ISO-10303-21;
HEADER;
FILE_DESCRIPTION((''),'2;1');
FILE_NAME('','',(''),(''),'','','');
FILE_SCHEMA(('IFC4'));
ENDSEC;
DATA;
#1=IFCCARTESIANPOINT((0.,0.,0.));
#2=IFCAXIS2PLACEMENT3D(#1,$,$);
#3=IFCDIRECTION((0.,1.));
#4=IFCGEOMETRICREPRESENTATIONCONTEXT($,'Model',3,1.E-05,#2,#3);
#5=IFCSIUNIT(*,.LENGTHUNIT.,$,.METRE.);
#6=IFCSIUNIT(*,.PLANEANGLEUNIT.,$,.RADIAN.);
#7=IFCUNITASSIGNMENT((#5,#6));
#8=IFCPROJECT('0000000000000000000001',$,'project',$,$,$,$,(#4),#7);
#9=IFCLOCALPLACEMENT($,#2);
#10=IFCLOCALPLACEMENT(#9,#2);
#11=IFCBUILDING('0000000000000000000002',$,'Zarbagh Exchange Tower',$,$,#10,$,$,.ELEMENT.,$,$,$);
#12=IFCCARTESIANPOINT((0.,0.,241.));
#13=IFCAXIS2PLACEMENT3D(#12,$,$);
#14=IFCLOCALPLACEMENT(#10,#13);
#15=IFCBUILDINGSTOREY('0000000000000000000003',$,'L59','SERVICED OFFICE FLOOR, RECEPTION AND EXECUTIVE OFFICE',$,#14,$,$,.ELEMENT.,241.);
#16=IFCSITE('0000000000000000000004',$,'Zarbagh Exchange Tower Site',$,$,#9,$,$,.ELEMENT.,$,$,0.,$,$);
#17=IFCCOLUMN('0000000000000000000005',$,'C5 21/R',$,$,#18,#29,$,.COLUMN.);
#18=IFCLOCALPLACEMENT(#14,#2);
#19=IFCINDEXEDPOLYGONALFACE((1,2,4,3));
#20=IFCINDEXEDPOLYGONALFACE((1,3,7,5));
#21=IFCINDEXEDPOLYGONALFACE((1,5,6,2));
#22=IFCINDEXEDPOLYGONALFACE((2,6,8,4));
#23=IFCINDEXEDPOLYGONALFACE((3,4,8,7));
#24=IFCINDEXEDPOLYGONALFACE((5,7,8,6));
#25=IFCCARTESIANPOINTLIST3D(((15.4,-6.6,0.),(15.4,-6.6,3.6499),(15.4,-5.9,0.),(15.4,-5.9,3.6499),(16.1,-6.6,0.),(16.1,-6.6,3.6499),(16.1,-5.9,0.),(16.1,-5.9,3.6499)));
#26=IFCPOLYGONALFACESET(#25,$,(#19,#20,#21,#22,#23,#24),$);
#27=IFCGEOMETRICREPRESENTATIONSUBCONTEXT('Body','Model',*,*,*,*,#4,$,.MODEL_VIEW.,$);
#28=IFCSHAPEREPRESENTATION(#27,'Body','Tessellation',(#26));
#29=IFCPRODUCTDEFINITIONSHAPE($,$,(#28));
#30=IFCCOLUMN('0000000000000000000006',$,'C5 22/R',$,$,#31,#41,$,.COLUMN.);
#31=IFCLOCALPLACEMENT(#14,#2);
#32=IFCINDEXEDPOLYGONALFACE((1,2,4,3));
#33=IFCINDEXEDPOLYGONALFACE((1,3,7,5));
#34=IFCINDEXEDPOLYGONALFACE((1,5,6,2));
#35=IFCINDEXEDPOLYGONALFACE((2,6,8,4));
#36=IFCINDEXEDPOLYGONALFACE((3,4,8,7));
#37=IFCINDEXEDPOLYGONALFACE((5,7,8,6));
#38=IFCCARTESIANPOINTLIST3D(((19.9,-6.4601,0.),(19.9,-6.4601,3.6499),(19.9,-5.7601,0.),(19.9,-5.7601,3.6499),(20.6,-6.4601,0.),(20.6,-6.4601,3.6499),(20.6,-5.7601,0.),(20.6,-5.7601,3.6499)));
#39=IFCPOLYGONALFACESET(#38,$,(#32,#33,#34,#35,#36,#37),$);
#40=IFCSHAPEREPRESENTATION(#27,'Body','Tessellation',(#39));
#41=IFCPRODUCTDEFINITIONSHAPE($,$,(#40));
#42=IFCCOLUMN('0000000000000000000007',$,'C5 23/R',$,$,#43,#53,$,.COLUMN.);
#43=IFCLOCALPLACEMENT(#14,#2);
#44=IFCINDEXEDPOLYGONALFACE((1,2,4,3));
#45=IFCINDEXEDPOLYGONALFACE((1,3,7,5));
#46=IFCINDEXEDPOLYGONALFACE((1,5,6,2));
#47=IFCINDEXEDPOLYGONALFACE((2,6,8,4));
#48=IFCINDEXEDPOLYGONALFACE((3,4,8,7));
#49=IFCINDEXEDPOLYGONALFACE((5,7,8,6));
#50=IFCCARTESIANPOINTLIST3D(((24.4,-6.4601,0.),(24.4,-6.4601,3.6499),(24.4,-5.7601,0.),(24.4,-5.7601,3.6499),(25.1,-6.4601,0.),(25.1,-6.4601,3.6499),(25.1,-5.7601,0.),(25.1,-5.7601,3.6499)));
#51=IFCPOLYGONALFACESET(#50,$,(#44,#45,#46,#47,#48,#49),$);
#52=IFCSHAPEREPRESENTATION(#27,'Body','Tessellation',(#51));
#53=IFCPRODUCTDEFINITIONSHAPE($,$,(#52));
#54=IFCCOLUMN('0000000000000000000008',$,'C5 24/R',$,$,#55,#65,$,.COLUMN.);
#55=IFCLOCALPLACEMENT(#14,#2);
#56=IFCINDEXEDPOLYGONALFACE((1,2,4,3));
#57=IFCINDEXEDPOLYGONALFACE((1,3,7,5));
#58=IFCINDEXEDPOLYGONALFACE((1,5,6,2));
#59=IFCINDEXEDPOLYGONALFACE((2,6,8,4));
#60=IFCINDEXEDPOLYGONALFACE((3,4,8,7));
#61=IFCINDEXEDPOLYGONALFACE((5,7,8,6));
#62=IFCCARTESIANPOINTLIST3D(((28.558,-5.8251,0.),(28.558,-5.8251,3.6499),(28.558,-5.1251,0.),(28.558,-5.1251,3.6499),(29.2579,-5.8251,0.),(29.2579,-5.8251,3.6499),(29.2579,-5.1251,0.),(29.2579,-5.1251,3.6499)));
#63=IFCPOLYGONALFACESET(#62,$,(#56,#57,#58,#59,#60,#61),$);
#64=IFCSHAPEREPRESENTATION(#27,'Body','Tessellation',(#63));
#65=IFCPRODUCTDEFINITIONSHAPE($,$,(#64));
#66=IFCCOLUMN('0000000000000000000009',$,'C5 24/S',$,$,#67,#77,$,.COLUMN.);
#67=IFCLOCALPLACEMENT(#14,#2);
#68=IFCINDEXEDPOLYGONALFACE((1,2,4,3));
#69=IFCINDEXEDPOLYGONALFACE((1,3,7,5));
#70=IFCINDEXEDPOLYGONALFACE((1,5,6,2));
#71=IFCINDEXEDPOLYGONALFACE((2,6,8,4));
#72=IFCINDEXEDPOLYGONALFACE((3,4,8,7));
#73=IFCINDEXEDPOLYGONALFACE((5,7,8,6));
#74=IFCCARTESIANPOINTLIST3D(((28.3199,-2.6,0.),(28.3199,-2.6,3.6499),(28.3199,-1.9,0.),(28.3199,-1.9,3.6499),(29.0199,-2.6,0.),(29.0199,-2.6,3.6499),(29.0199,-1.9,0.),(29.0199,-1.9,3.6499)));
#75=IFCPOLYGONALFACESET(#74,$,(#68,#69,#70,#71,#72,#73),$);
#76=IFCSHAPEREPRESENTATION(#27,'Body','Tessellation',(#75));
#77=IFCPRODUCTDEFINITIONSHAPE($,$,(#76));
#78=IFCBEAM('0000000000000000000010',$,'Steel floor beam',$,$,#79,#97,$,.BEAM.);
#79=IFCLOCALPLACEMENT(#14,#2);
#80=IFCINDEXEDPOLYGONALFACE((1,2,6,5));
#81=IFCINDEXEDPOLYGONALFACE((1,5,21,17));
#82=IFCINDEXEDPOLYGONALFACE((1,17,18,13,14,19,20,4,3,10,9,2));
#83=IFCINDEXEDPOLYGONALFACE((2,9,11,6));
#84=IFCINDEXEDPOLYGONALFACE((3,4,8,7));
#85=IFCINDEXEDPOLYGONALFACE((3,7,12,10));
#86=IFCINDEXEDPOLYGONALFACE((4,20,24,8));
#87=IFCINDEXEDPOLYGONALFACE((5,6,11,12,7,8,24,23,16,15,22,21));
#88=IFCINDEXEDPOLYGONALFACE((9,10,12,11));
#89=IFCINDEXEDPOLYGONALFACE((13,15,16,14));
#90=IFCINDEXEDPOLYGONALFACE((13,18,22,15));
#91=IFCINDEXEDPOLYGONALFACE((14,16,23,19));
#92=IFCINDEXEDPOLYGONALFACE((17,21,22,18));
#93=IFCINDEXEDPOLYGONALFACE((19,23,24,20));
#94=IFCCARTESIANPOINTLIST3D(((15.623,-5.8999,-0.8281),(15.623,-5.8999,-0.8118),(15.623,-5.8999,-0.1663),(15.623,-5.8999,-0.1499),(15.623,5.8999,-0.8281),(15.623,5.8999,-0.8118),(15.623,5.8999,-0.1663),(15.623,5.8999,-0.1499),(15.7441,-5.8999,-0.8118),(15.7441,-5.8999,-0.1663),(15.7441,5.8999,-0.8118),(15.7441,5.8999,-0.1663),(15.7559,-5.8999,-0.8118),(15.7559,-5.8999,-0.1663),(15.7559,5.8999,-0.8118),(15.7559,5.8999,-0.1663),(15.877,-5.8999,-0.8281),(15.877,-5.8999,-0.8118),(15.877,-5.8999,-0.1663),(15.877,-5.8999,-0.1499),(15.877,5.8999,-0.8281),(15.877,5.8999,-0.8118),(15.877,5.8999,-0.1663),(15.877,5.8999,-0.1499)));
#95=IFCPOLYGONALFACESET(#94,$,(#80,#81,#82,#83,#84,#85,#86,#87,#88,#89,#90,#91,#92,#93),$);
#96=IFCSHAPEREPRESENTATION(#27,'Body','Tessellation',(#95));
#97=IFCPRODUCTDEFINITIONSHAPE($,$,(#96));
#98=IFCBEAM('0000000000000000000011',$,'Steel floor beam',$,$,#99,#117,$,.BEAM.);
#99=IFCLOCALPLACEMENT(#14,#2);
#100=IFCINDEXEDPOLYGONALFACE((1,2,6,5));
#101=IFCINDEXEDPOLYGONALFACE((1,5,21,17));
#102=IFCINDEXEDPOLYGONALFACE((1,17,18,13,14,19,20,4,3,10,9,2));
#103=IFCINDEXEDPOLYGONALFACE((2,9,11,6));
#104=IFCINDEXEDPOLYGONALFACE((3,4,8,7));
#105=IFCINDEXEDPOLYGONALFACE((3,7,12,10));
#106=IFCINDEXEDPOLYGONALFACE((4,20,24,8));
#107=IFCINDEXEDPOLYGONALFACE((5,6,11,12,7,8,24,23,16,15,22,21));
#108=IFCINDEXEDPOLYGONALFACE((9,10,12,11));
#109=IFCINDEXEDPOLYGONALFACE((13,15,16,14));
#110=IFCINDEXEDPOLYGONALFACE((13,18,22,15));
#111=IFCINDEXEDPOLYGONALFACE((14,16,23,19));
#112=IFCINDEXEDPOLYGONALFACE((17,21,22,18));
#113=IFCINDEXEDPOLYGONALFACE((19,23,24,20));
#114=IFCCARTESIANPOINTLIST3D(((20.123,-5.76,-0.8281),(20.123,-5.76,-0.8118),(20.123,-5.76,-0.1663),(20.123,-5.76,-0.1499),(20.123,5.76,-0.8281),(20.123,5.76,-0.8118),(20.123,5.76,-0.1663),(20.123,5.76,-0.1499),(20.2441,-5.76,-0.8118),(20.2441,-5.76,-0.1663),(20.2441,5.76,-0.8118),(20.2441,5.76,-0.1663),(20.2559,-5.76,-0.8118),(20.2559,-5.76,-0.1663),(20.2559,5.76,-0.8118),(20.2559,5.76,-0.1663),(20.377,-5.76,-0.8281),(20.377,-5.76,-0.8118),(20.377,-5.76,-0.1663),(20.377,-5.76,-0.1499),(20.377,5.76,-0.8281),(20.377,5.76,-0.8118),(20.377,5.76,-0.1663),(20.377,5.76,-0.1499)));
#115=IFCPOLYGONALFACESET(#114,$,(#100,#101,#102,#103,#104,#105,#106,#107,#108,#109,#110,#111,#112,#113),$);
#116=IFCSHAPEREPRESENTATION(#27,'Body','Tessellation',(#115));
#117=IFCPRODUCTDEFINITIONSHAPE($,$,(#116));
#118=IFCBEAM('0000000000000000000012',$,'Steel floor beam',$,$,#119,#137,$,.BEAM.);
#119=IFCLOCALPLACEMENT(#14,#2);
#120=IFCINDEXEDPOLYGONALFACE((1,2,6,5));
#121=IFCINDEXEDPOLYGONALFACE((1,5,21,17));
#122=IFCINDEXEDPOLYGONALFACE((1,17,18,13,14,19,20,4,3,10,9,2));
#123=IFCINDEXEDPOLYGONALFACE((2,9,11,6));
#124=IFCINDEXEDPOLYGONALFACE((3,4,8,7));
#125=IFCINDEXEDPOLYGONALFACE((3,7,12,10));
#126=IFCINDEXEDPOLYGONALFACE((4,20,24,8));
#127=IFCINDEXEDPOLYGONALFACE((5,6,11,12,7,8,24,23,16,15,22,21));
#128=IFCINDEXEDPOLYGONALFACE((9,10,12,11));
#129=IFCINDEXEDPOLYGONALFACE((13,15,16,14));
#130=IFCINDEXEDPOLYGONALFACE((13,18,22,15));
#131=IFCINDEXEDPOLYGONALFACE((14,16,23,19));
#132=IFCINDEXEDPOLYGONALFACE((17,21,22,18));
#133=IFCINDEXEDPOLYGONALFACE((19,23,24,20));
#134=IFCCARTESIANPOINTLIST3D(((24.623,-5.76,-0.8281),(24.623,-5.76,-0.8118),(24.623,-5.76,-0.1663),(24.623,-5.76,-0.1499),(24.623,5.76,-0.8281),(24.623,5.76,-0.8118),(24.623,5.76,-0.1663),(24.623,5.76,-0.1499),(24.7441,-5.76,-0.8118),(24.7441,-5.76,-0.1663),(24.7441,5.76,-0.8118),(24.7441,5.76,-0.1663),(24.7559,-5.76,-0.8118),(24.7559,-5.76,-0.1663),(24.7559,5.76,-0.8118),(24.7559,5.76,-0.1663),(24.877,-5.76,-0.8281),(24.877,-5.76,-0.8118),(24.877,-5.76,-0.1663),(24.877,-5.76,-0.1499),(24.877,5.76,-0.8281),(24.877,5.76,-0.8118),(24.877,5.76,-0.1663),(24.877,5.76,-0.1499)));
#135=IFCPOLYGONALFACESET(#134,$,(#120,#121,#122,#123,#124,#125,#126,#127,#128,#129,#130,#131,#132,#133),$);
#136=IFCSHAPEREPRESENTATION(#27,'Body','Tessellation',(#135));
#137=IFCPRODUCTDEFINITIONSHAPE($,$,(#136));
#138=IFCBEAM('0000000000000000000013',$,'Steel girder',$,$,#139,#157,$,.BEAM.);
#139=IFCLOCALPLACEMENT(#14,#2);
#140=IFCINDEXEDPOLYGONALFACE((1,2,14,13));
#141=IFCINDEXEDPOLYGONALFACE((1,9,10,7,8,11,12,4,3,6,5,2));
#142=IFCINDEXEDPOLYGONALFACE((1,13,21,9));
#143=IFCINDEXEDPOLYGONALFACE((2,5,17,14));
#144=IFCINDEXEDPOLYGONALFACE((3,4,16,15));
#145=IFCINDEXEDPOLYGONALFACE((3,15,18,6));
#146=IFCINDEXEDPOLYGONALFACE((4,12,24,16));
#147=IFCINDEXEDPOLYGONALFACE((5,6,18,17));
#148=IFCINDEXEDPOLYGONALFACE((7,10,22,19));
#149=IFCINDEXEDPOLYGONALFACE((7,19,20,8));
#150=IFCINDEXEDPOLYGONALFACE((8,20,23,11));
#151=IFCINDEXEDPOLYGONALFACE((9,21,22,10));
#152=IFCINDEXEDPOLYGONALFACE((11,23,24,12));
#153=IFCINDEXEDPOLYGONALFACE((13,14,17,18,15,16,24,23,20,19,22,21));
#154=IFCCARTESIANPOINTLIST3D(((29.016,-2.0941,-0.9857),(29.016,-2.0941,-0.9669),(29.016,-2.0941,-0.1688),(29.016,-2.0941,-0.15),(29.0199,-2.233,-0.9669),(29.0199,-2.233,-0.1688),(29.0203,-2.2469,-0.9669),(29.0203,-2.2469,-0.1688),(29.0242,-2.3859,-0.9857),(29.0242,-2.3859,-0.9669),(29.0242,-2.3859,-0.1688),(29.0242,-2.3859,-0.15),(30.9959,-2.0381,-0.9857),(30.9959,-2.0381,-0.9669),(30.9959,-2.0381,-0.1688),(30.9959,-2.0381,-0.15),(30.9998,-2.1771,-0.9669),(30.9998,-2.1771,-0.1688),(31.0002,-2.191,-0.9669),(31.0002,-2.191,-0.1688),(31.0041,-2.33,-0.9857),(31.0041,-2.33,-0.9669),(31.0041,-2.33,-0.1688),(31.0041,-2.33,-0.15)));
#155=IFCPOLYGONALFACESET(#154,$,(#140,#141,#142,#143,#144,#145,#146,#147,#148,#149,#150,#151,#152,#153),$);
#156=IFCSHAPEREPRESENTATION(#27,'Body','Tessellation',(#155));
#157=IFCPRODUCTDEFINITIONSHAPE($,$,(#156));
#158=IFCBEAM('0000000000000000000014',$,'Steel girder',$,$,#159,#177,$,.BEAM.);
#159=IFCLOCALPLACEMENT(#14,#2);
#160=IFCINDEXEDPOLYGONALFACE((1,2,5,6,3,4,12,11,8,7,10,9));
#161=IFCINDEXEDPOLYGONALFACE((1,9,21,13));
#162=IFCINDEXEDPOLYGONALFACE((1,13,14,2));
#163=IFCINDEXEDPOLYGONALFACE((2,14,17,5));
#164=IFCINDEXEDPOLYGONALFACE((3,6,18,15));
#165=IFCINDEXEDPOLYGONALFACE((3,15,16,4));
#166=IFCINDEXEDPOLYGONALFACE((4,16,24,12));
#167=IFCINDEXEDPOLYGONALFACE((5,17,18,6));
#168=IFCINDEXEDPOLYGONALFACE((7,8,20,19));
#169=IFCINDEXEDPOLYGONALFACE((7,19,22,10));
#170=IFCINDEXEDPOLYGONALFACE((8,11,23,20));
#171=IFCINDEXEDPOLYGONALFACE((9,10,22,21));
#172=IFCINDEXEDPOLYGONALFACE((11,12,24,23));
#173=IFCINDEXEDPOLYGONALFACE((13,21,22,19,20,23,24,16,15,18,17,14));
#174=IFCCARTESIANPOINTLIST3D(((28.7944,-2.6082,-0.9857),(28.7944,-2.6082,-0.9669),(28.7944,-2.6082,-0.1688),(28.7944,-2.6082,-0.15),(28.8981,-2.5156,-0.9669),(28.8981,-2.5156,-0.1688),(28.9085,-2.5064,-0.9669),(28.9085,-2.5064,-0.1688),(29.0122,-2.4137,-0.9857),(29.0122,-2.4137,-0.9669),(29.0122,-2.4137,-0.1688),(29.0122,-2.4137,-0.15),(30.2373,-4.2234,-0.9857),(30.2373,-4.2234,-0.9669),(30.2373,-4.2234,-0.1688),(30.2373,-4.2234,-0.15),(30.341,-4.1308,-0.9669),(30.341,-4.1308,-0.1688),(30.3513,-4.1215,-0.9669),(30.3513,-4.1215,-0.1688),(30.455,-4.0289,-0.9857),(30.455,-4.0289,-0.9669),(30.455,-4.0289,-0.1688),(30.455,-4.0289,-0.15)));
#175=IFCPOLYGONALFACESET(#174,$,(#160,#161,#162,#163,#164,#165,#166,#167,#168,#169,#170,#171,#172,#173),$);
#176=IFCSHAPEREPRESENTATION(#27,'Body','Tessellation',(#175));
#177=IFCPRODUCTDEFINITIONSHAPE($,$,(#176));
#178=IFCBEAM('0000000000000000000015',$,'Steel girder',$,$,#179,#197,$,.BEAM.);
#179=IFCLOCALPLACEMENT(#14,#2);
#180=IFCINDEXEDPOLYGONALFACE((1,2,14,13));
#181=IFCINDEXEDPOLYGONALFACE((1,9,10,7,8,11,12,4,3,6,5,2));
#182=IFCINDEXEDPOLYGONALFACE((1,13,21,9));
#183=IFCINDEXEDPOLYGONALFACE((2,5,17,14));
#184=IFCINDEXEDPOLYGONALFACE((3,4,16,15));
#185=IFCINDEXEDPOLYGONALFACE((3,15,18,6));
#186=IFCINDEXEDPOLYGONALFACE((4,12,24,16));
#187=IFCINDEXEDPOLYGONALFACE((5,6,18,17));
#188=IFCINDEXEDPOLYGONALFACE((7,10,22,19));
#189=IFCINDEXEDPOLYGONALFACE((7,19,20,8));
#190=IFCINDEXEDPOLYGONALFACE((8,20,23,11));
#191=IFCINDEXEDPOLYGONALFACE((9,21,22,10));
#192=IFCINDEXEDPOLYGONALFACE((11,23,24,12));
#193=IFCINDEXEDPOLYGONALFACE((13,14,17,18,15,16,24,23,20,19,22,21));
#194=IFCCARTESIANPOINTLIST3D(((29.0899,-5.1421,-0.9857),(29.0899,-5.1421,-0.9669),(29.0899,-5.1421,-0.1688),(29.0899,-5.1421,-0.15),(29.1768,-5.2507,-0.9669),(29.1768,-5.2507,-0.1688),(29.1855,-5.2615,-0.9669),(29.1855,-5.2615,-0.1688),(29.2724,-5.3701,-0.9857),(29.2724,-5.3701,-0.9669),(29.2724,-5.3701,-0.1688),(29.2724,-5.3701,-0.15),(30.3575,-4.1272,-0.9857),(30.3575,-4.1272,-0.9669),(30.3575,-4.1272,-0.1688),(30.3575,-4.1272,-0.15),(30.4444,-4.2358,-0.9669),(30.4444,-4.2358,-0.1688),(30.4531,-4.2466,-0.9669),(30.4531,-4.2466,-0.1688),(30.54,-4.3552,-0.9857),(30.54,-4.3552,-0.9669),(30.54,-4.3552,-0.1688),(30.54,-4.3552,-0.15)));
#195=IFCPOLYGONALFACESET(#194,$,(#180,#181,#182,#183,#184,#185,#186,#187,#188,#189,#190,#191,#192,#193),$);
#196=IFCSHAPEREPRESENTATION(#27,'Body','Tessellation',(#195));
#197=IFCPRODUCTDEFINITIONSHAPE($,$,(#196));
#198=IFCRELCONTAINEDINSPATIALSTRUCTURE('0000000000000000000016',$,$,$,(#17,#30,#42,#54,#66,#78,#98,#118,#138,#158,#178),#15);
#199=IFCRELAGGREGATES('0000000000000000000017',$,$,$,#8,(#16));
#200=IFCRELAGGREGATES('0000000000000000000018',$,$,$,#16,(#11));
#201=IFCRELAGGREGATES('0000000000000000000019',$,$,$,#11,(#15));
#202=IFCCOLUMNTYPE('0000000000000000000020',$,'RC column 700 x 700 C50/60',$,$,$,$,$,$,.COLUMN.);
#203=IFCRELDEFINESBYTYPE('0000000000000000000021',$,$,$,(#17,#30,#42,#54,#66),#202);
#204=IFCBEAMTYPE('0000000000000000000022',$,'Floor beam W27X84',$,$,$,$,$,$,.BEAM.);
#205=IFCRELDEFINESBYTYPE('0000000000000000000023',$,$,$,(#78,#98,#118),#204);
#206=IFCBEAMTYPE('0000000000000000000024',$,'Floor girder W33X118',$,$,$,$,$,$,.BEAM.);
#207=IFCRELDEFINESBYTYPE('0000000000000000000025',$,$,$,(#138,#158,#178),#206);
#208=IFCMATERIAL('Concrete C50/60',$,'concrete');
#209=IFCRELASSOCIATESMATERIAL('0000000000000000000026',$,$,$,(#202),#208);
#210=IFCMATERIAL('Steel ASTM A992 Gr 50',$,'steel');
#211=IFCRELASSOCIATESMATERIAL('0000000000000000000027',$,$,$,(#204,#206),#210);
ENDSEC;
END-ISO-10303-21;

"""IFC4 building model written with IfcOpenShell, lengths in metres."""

from ifc_helpers import new_model, si_unit, direction, frame, origin, origin_2d, place, context, subcontext, project, spatial, rectangle, i_section, extrude, material, material_profile, profile_set, type_object, element, save


model = new_model("IFC4")

# Units and contexts
model_context = context("Model", 3, precision=1e-05, world=origin(), true_north=direction((0.0, 1.0)))
body_context = subcontext(model_context, "Body", "Model", "MODEL_VIEW")
ifc_project = project(units=[si_unit("LENGTHUNIT", "METRE"), si_unit("PLANEANGLEUNIT", "RADIAN")], contexts=[model_context])

# Site, building, storey
site_placement = place(None, origin())
site = spatial("IfcSite", under=ifc_project, at=site_placement, Name="Zarbagh Exchange Tower Site", CompositionType="ELEMENT", RefElevation=0.0)
building_placement = place(site_placement, origin())
building = spatial("IfcBuilding", under=site, at=building_placement, Name="Zarbagh Exchange Tower", CompositionType="ELEMENT")
storey_placement = place(building_placement, frame((0.0, 0.0, 241.0)))
storey = spatial("IfcBuildingStorey", under=building, at=storey_placement, Name="L59", Description="SERVICED OFFICE FLOOR, RECEPTION AND EXECUTIVE OFFICE", CompositionType="ELEMENT", Elevation=241.0)

# Columns
ifc_material_1 = material(Name="Concrete C50/60", Category="concrete")
ifc_material_profile_1 = material_profile(ifc_material_1, rectangle(XDim=0.7, YDim=0.7, at=origin_2d()), Name="RC column 700 x 700 C50/60")
ifc_profile_set_1 = profile_set([ifc_material_profile_1], Name="Concrete C50/60")
column_type = type_object("IfcColumnType", Name="RC column 700 x 700 C50/60", PredefinedType="COLUMN", material=ifc_profile_set_1)
for number, where, z_axis, x_axis, name in (
    (1, (15.75, -6.25, 0.0), (0.0, 0.0, 1.0), (1.0, 0.0, 0.0), "C5 21/R"),
    (2, (20.25, -6.1101, 0.0), (0.0, 0.0, 1.0), (1.0, 0.0, 0.0), "C5 22/R"),
    (3, (24.75, -6.1101, 0.0), (0.0, 0.0, 1.0), (1.0, 0.0, 0.0), "C5 23/R"),
    (4, (28.908, -5.4751, 0.0), (0.0, 0.0, 1.0), (1.0, 0.0, 0.0), "C5 24/R"),
    (5, (28.6699, -2.25, 0.0), (0.0, 0.0, 1.0), (1.0, 0.0, 0.0), "C5 24/S"),
):
    element("IfcColumn", number, at=place(storey_placement, frame(where, z_axis=z_axis, x_axis=x_axis)), inside=storey, type_object=column_type, Name=name, PredefinedType="COLUMN", context=body_context, shape_type="SweptSolid", body=[
        extrude(rectangle(XDim=0.7, YDim=0.7, at=origin_2d()), origin(), (0.0, 0.0, 1.0), 3.6499),
    ])

# Beams
ifc_material_2 = material(Name="Steel ASTM A992 Gr 50", Category="steel")
ifc_material_profile_2 = material_profile(ifc_material_2, i_section(OverallWidth=0.2539, OverallDepth=0.6782, WebThickness=0.0117, FlangeThickness=0.0164, at=origin_2d()), Name="W27X84")
ifc_profile_set_2 = profile_set([ifc_material_profile_2], Name="Steel ASTM A992 Gr 50")
beam_type_1 = type_object("IfcBeamType", Name="Floor beam W27X84", PredefinedType="BEAM", material=ifc_profile_set_2)
beam_1_placement = place(storey_placement, frame((15.75, -5.8999, -0.489), z_axis=(0.0, 1.0, 0.0), x_axis=(-1.0, 0.0, 0.0)))
element("IfcBeam", 6, at=beam_1_placement, inside=storey, type_object=beam_type_1, Name="Steel floor beam", PredefinedType="BEAM", context=body_context, shape_type="SweptSolid", body=[
    extrude(i_section(OverallWidth=0.2539, OverallDepth=0.6782, WebThickness=0.0117, FlangeThickness=0.0164, at=origin_2d()), origin(), (0.0, 0.0, 1.0), 11.7998),
])
for number, where, z_axis, x_axis, name in (
    (7, (20.25, -5.76, -0.489), (0.0, 1.0, 0.0), (-1.0, 0.0, 0.0), "Steel floor beam"),
    (8, (24.75, -5.76, -0.489), (0.0, 1.0, 0.0), (-1.0, 0.0, 0.0), "Steel floor beam"),
):
    element("IfcBeam", number, at=place(storey_placement, frame(where, z_axis=z_axis, x_axis=x_axis)), inside=storey, type_object=beam_type_1, Name=name, PredefinedType="BEAM", context=body_context, shape_type="SweptSolid", body=[
        extrude(i_section(OverallWidth=0.2539, OverallDepth=0.6782, WebThickness=0.0117, FlangeThickness=0.0164, at=origin_2d()), origin(), (0.0, 0.0, 1.0), 11.52),
    ])
ifc_material_profile_3 = material_profile(ifc_material_2, i_section(OverallWidth=0.292, OverallDepth=0.8357, WebThickness=0.0139, FlangeThickness=0.0188, at=origin_2d()), Name="W33X118")
ifc_profile_set_3 = profile_set([ifc_material_profile_3], Name="Steel ASTM A992 Gr 50")
beam_type_2 = type_object("IfcBeamType", Name="Floor girder W33X118", PredefinedType="BEAM", material=ifc_profile_set_3)
beam_2_placement = place(storey_placement, frame((31.0, -2.1841, -0.5679), z_axis=(-0.999602, -0.028225, 0.0), x_axis=(0.028225, -0.999602, 0.0)))
element("IfcBeam", 9, at=beam_2_placement, inside=storey, type_object=beam_type_2, Name="Steel girder", PredefinedType="BEAM", context=body_context, shape_type="SweptSolid", body=[
    extrude(i_section(OverallWidth=0.292, OverallDepth=0.8357, WebThickness=0.0139, FlangeThickness=0.0188, at=origin_2d()), origin(), (0.0, 0.0, 1.0), 1.9807),
])
beam_3_placement = place(storey_placement, frame((28.9033, -2.511, -0.5679), z_axis=(0.666195, -0.745778, 0.0), x_axis=(0.745778, 0.666195, 0.0)))
element("IfcBeam", 10, at=beam_3_placement, inside=storey, type_object=beam_type_2, Name="Steel girder", PredefinedType="BEAM", context=body_context, shape_type="SweptSolid", body=[
    extrude(i_section(OverallWidth=0.292, OverallDepth=0.8357, WebThickness=0.0139, FlangeThickness=0.0188, at=origin_2d()), origin(), (0.0, 0.0, 1.0), 2.1658),
])
beam_4_placement = place(storey_placement, frame((30.4487, -4.2412, -0.5679), z_axis=(-0.780619, -0.625007, 0.0), x_axis=(0.625007, -0.780619, 0.0)))
element("IfcBeam", 11, at=beam_4_placement, inside=storey, type_object=beam_type_2, Name="Steel girder", PredefinedType="BEAM", context=body_context, shape_type="SweptSolid", body=[
    extrude(i_section(OverallWidth=0.292, OverallDepth=0.8357, WebThickness=0.0139, FlangeThickness=0.0188, at=origin_2d()), origin(), (0.0, 0.0, 1.0), 1.6238),
])

save(model, "model.ifc")
